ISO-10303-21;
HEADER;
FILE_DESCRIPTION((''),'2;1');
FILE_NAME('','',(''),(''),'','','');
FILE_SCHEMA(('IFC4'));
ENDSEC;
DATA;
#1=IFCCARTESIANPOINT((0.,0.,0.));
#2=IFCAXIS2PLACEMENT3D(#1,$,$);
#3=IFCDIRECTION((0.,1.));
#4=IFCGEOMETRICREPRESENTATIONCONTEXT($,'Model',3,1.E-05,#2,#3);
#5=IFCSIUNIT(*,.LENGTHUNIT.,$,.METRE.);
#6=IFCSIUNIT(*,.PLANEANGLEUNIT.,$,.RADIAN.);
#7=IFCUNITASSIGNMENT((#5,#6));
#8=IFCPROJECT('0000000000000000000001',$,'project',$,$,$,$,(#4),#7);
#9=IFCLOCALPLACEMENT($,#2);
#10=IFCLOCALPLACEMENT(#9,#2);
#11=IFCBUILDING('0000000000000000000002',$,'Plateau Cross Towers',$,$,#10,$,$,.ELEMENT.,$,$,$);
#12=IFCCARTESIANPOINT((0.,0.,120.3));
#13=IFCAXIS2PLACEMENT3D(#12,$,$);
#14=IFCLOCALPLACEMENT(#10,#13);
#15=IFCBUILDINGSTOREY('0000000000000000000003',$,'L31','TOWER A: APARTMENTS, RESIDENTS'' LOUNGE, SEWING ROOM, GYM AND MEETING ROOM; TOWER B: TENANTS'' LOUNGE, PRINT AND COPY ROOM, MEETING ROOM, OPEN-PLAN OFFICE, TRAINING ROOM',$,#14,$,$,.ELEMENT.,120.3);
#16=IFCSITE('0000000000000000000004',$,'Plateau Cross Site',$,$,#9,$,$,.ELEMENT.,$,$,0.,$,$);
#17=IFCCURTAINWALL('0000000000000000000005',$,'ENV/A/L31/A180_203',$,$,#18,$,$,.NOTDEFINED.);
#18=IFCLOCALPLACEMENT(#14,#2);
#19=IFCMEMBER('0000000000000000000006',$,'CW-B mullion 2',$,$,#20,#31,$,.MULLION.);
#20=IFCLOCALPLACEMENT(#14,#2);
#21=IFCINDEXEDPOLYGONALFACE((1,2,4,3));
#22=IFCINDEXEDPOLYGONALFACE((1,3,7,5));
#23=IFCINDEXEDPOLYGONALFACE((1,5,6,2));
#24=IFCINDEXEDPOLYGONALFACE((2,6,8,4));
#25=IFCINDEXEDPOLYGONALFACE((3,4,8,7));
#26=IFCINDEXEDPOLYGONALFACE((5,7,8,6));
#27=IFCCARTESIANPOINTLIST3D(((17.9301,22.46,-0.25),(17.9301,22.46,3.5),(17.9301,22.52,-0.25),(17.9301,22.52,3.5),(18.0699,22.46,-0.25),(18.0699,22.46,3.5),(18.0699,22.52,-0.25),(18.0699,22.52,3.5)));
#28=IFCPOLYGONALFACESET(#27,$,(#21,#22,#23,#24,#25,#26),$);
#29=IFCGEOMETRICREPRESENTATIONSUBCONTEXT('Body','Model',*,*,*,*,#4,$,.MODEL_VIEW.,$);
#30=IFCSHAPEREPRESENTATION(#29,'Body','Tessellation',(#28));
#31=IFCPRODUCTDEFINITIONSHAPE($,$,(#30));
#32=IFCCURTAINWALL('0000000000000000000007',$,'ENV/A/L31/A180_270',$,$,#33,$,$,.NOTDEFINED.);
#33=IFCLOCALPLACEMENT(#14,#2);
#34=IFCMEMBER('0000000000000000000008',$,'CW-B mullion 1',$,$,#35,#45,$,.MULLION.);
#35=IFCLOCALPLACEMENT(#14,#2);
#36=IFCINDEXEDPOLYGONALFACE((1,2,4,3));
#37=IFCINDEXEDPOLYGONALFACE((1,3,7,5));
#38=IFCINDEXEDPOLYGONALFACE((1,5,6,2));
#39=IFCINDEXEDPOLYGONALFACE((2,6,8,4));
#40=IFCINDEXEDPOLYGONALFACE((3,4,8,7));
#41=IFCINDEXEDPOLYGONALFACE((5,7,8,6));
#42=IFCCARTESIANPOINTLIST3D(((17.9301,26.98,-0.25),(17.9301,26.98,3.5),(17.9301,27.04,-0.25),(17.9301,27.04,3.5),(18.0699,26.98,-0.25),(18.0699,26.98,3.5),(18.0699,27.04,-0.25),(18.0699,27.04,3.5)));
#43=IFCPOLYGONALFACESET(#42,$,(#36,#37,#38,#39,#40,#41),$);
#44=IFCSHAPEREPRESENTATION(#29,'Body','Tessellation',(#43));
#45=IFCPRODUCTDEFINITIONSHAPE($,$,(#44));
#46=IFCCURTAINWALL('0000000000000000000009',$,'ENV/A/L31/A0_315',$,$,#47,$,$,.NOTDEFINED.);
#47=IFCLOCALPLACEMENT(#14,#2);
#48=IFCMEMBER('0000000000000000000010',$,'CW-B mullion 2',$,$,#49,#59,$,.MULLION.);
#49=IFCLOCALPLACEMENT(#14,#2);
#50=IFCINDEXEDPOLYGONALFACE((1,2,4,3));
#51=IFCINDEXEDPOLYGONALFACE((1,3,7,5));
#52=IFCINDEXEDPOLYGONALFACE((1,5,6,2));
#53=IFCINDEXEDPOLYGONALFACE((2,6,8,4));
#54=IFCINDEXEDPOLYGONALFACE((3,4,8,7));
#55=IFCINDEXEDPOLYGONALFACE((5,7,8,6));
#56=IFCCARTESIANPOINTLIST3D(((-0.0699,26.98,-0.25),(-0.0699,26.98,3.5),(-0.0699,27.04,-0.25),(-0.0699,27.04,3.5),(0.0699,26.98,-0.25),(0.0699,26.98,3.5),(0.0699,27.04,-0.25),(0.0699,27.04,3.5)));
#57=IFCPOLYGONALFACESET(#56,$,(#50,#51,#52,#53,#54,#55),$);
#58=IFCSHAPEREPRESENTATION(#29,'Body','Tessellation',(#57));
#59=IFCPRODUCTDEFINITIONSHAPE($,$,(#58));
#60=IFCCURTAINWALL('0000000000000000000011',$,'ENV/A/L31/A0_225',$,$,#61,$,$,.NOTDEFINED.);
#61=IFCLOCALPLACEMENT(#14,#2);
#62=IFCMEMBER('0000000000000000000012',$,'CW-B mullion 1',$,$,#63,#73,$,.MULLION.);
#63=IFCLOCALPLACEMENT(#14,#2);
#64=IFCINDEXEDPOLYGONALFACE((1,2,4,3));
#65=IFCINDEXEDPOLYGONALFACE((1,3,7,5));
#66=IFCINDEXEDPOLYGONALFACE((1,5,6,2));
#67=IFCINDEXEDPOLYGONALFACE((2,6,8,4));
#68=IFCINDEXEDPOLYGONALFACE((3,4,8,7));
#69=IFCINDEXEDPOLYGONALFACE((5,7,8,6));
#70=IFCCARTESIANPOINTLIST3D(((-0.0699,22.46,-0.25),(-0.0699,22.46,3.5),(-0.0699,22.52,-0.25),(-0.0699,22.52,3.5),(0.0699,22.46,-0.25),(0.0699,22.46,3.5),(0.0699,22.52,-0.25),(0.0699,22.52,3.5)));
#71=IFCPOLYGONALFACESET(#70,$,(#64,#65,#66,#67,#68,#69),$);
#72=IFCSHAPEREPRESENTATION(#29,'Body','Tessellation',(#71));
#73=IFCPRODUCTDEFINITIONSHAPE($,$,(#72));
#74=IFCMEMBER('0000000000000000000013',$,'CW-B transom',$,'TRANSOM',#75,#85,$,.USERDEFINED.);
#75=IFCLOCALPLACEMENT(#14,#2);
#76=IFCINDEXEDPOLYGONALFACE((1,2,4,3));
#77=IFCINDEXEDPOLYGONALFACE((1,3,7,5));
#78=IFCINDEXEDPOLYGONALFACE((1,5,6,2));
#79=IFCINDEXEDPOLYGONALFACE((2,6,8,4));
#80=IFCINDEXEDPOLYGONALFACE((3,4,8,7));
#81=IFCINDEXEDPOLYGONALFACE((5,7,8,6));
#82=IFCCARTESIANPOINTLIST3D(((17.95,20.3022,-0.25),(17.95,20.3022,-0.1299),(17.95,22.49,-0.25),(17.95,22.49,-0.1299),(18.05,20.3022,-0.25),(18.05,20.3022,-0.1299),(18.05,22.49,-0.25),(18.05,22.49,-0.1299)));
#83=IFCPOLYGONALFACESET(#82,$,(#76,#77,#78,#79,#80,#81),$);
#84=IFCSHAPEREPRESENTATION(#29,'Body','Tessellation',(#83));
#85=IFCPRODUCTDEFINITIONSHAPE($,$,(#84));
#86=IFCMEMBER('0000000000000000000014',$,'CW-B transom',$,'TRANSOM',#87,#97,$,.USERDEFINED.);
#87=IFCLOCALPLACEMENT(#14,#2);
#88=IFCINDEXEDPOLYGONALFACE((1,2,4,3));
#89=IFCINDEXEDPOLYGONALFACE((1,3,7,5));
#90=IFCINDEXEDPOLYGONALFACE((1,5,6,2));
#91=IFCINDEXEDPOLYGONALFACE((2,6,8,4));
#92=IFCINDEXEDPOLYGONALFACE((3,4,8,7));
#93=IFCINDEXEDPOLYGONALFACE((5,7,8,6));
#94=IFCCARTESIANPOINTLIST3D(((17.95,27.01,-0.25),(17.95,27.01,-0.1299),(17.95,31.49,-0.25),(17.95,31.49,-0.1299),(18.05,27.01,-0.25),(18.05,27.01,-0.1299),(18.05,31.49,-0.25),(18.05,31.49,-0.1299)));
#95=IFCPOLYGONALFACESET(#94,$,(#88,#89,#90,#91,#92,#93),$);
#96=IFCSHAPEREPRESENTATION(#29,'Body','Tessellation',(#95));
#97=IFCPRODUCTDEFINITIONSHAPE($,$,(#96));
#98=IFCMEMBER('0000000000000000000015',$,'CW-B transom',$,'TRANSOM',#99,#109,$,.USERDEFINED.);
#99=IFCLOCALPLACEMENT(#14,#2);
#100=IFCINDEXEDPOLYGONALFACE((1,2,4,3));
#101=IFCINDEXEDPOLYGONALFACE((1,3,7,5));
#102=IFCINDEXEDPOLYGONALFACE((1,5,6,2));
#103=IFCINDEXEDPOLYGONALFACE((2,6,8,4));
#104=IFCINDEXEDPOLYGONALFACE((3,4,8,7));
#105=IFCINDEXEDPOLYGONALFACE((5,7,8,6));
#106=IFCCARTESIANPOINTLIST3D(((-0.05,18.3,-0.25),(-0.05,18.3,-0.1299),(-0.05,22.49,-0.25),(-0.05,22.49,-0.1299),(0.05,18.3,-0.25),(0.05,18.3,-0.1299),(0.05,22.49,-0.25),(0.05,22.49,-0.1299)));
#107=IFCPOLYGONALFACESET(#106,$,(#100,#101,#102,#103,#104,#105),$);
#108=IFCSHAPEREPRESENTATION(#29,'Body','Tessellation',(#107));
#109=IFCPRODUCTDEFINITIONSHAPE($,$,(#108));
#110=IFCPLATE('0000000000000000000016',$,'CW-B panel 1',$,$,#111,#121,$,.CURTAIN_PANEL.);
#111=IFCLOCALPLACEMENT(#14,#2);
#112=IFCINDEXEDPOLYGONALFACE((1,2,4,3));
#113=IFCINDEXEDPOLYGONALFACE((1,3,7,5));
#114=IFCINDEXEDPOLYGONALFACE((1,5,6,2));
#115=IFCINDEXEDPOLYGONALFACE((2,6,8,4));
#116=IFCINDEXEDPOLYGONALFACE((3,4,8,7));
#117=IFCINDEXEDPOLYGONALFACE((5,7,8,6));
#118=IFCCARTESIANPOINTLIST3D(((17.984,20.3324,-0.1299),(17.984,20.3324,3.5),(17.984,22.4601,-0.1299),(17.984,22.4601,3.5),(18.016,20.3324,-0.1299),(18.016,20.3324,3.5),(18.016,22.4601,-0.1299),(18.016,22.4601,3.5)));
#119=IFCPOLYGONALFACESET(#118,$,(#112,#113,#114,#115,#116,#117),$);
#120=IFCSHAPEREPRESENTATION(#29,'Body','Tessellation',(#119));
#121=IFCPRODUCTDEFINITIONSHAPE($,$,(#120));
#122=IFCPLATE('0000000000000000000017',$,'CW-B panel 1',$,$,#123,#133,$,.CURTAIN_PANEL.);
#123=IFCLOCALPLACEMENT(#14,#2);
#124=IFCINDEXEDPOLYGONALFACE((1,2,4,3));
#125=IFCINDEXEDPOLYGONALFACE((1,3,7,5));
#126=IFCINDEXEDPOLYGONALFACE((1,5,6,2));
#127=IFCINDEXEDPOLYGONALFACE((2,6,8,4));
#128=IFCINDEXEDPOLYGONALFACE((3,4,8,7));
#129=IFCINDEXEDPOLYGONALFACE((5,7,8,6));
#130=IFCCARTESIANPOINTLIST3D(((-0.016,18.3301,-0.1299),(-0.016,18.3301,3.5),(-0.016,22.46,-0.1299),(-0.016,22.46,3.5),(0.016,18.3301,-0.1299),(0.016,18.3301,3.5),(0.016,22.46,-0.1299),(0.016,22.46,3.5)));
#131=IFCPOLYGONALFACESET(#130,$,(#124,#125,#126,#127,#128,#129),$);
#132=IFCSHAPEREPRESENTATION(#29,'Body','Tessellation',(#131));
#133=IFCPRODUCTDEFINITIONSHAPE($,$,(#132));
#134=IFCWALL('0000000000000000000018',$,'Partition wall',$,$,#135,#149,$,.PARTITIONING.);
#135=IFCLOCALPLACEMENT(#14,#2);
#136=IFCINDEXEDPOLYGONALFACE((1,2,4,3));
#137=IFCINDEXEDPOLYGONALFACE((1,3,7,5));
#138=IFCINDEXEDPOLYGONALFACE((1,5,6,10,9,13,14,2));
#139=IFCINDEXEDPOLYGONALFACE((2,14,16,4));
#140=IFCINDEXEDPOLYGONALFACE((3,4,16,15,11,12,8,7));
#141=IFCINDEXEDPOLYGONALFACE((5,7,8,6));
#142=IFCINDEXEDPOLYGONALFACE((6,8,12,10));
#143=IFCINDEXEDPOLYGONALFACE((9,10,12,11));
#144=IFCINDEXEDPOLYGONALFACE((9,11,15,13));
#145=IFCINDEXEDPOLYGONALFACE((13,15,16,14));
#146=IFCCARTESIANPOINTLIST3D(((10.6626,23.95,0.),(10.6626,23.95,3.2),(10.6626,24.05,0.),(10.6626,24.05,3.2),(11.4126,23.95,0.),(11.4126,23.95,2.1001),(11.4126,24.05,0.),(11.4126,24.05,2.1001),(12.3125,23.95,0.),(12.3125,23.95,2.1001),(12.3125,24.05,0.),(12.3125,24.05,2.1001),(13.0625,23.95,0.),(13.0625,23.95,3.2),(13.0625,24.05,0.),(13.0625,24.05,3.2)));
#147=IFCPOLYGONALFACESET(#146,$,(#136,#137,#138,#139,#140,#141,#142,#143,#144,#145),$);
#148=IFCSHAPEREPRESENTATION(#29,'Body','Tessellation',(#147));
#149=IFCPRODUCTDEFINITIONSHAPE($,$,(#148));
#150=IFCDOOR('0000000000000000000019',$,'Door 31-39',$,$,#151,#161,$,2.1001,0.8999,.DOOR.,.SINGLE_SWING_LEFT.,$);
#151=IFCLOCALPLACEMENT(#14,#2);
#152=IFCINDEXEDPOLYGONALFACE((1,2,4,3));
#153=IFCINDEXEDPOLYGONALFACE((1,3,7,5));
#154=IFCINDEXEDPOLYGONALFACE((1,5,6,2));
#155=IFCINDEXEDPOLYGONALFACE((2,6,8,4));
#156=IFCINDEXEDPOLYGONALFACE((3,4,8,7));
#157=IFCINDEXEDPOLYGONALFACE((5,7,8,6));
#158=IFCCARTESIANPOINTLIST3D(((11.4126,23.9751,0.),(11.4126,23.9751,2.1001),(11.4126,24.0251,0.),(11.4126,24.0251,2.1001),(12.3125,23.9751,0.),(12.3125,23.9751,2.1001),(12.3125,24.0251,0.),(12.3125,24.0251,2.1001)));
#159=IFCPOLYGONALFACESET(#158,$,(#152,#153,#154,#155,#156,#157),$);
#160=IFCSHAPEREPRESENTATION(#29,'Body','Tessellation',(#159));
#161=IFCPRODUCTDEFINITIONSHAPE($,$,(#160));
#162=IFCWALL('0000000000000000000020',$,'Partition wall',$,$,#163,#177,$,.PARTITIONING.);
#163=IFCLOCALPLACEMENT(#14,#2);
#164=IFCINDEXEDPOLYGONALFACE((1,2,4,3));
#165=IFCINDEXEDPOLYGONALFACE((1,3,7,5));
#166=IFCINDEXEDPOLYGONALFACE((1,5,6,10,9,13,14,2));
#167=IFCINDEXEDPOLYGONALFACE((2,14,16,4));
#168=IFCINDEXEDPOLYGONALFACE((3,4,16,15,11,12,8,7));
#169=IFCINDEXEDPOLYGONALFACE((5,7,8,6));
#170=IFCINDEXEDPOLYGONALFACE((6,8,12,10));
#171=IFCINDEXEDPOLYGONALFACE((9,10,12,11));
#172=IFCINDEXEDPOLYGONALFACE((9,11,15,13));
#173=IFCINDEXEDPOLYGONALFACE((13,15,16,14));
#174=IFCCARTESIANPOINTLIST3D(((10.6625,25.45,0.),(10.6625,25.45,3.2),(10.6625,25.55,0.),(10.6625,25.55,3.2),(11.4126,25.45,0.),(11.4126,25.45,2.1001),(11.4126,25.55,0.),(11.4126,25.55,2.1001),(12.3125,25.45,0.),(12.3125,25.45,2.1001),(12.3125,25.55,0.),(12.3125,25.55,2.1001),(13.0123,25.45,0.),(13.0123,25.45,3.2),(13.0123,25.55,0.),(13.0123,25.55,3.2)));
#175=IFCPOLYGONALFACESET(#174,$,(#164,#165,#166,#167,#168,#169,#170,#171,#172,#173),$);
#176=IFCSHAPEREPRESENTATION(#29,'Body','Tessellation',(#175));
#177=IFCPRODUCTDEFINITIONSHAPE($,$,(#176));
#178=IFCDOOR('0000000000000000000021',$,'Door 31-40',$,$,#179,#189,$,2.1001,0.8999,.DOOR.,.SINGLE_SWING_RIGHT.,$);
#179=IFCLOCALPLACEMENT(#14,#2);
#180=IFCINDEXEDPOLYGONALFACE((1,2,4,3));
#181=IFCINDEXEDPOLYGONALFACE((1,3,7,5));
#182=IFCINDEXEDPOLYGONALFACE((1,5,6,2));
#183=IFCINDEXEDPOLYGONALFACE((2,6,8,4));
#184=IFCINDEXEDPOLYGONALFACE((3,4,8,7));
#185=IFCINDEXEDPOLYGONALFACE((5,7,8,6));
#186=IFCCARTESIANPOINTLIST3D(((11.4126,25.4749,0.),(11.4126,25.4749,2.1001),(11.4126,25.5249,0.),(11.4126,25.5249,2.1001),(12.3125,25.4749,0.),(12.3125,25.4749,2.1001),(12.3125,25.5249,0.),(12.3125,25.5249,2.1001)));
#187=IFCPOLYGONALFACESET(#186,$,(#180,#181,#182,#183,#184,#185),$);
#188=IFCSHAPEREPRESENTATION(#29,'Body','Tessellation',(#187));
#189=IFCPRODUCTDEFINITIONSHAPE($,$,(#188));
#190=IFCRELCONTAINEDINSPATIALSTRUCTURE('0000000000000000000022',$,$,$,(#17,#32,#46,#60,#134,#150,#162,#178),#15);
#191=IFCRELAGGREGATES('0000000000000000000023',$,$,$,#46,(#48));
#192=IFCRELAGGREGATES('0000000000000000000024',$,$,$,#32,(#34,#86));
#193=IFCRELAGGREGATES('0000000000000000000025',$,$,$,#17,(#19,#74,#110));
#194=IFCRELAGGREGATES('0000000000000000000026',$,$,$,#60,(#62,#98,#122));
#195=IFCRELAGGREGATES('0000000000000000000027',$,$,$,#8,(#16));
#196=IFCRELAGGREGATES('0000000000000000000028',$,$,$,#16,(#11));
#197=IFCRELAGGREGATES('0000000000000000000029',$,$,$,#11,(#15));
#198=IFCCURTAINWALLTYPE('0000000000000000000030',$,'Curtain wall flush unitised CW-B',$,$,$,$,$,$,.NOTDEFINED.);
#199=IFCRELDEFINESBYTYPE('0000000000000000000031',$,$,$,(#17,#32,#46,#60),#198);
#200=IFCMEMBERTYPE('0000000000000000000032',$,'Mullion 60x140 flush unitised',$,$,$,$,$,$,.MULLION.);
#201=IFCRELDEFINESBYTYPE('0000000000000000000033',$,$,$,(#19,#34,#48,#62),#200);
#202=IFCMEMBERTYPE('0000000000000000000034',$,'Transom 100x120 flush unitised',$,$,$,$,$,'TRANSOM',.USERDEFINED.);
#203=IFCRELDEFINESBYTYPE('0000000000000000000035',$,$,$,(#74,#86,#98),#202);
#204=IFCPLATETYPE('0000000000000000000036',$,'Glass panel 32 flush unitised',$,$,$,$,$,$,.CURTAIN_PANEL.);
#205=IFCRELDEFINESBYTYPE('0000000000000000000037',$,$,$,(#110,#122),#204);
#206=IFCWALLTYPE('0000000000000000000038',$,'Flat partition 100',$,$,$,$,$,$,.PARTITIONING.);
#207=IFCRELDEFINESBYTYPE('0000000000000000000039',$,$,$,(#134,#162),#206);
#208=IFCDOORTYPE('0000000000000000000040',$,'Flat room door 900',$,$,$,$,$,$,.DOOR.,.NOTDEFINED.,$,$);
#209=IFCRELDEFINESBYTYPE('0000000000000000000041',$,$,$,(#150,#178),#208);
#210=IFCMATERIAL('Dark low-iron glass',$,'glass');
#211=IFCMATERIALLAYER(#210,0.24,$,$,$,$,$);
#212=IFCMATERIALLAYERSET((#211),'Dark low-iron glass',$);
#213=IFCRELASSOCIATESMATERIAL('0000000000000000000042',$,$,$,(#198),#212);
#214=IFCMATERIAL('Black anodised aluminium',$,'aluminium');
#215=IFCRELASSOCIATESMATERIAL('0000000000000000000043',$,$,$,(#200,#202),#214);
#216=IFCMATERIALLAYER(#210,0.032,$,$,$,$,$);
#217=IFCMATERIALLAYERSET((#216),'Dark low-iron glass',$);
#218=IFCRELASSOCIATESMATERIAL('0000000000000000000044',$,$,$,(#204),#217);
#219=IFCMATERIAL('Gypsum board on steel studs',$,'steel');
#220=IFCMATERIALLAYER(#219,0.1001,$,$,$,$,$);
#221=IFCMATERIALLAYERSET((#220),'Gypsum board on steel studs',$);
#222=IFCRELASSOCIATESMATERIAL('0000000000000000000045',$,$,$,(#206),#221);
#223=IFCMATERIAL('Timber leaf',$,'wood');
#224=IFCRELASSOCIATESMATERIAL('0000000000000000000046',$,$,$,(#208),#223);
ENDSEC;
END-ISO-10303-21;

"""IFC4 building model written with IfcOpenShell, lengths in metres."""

from ifc_helpers import new_model, si_unit, direction, frame, frame_2d, origin, origin_2d, place, context, subcontext, project, spatial, rectangle, extrude, material, layer, layer_set, material_profile, profile_set, type_object, element, fill, aggregate, save


model = new_model("IFC4")

# Units and contexts
model_context = context("Model", 3, precision=1e-05, world=origin(), true_north=direction((0.0, 1.0)))
body_context = subcontext(model_context, "Body", "Model", "MODEL_VIEW")
ifc_project = project(units=[si_unit("LENGTHUNIT", "METRE"), si_unit("PLANEANGLEUNIT", "RADIAN")], contexts=[model_context])

# Site, building, storey
site_placement = place(None, origin())
site = spatial("IfcSite", under=ifc_project, at=site_placement, Name="Plateau Cross Site", CompositionType="ELEMENT", RefElevation=0.0)
building_placement = place(site_placement, origin())
building = spatial("IfcBuilding", under=site, at=building_placement, Name="Plateau Cross Towers", CompositionType="ELEMENT")
storey_placement = place(building_placement, frame((0.0, 0.0, 120.3)))
storey = spatial("IfcBuildingStorey", under=building, at=storey_placement, Name="L31", Description="TOWER A: APARTMENTS, RESIDENTS' LOUNGE, SEWING ROOM, GYM AND MEETING ROOM; TOWER B: TENANTS' LOUNGE, PRINT AND COPY ROOM, MEETING ROOM, OPEN-PLAN OFFICE, TRAINING ROOM", CompositionType="ELEMENT", Elevation=120.3)

# Curtain walls, members
ifc_material_1 = material(Name="Dark low-iron glass", Category="glass")
ifc_layer_1 = layer(ifc_material_1, 0.24)
ifc_layer_set_1 = layer_set([ifc_layer_1], Name="Dark low-iron glass")
curtain_wall_type = type_object("IfcCurtainWallType", Name="Curtain wall flush unitised CW-B", PredefinedType="NOTDEFINED", material=ifc_layer_set_1)
curtain_wall_1_placement = place(storey_placement, origin())
curtain_wall_1 = element("IfcCurtainWall", 1, at=curtain_wall_1_placement, inside=storey, type_object=curtain_wall_type, Name="ENV/A/L31/A180_203", PredefinedType="NOTDEFINED")
ifc_material_2 = material(Name="Black anodised aluminium", Category="aluminium")
ifc_material_profile_1 = material_profile(ifc_material_2, rectangle(XDim=0.0601, YDim=0.1399, at=origin_2d()), Name="MULLION 60x140")
ifc_profile_set_1 = profile_set([ifc_material_profile_1], Name="Black anodised aluminium")
member_type_1 = type_object("IfcMemberType", Name="Mullion 60x140 flush unitised", PredefinedType="MULLION", material=ifc_profile_set_1)
member_1_placement = place(storey_placement, frame((18.0, 22.49, -0.25), z_axis=(0.0, 0.0, 1.0), x_axis=(0.0, 1.0, 0.0)))
member_1 = element("IfcMember", 2, at=member_1_placement, type_object=member_type_1, Name="CW-B mullion 2", PredefinedType="MULLION", context=body_context, shape_type="SweptSolid", body=[
    extrude(rectangle(XDim=0.0601, YDim=0.1399, at=origin_2d()), origin(), (0.0, 0.0, 1.0), 3.75),
])
curtain_wall_2_placement = place(storey_placement, origin())
curtain_wall_2 = element("IfcCurtainWall", 3, at=curtain_wall_2_placement, inside=storey, type_object=curtain_wall_type, Name="ENV/A/L31/A180_270", PredefinedType="NOTDEFINED")
member_2_placement = place(storey_placement, frame((18.0, 27.01, -0.25), z_axis=(0.0, 0.0, 1.0), x_axis=(0.0, 1.0, 0.0)))
member_2 = element("IfcMember", 4, at=member_2_placement, type_object=member_type_1, Name="CW-B mullion 1", PredefinedType="MULLION", context=body_context, shape_type="SweptSolid", body=[
    extrude(rectangle(XDim=0.0601, YDim=0.1399, at=origin_2d()), origin(), (0.0, 0.0, 1.0), 3.75),
])
curtain_wall_3_placement = place(storey_placement, origin())
curtain_wall_3 = element("IfcCurtainWall", 5, at=curtain_wall_3_placement, inside=storey, type_object=curtain_wall_type, Name="ENV/A/L31/A0_315", PredefinedType="NOTDEFINED")
member_3_placement = place(storey_placement, frame((0.0, 27.01, -0.25), z_axis=(0.0, 0.0, 1.0), x_axis=(0.0, -1.0, 0.0)))
member_3 = element("IfcMember", 6, at=member_3_placement, type_object=member_type_1, Name="CW-B mullion 2", PredefinedType="MULLION", context=body_context, shape_type="SweptSolid", body=[
    extrude(rectangle(XDim=0.0601, YDim=0.1399, at=origin_2d()), origin(), (0.0, 0.0, 1.0), 3.75),
])
aggregate(curtain_wall_3, [member_3])
curtain_wall_4_placement = place(storey_placement, origin())
curtain_wall_4 = element("IfcCurtainWall", 7, at=curtain_wall_4_placement, inside=storey, type_object=curtain_wall_type, Name="ENV/A/L31/A0_225", PredefinedType="NOTDEFINED")
member_4_placement = place(storey_placement, frame((0.0, 22.49, -0.25), z_axis=(0.0, 0.0, 1.0), x_axis=(0.0, -1.0, 0.0)))
member_4 = element("IfcMember", 8, at=member_4_placement, type_object=member_type_1, Name="CW-B mullion 1", PredefinedType="MULLION", context=body_context, shape_type="SweptSolid", body=[
    extrude(rectangle(XDim=0.0601, YDim=0.1399, at=origin_2d()), origin(), (0.0, 0.0, 1.0), 3.75),
])

# Members
ifc_material_profile_2 = material_profile(ifc_material_2, rectangle(XDim=0.1001, YDim=0.1201, at=origin_2d()), Name="TRANSOM 100x120")
ifc_profile_set_2 = profile_set([ifc_material_profile_2], Name="Black anodised aluminium")
member_type_2 = type_object("IfcMemberType", Name="Transom 100x120 flush unitised", ElementType="TRANSOM", PredefinedType="USERDEFINED", material=ifc_profile_set_2)
member_5_placement = place(storey_placement, frame((18.0, 20.3022, -0.1899), z_axis=(0.0, 1.0, 0.0), x_axis=(-1.0, 0.0, 0.0)))
member_5 = element("IfcMember", 9, at=member_5_placement, type_object=member_type_2, Name="CW-B transom", ObjectType="TRANSOM", PredefinedType="USERDEFINED", context=body_context, shape_type="SweptSolid", body=[
    extrude(rectangle(XDim=0.1001, YDim=0.1201, at=origin_2d()), origin(), (0.0, 0.0, 1.0), 2.1877),
])
member_6_placement = place(storey_placement, frame((18.0, 27.01, -0.1899), z_axis=(0.0, 1.0, 0.0), x_axis=(-1.0, 0.0, 0.0)))
member_6 = element("IfcMember", 10, at=member_6_placement, type_object=member_type_2, Name="CW-B transom", ObjectType="TRANSOM", PredefinedType="USERDEFINED", context=body_context, shape_type="SweptSolid", body=[
    extrude(rectangle(XDim=0.1001, YDim=0.1201, at=origin_2d()), origin(), (0.0, 0.0, 1.0), 4.48),
])
aggregate(curtain_wall_2, [member_2, member_6])
member_7_placement = place(storey_placement, frame((0.0, 22.49, -0.1899), z_axis=(0.0, -1.0, 0.0), x_axis=(1.0, 0.0, 0.0)))
member_7 = element("IfcMember", 11, at=member_7_placement, type_object=member_type_2, Name="CW-B transom", ObjectType="TRANSOM", PredefinedType="USERDEFINED", context=body_context, shape_type="SweptSolid", body=[
    extrude(rectangle(XDim=0.1001, YDim=0.1201, at=origin_2d()), origin(), (0.0, 0.0, 1.0), 4.1899),
])

# Plates
ifc_layer_2 = layer(ifc_material_1, 0.032)
ifc_layer_set_2 = layer_set([ifc_layer_2], Name="Dark low-iron glass")
plate_type = type_object("IfcPlateType", Name="Glass panel 32 flush unitised", PredefinedType="CURTAIN_PANEL", material=ifc_layer_set_2)
plate_1_placement = place(storey_placement, frame((18.0, 21.3962, -0.1299), z_axis=(0.0, 0.0, 1.0), x_axis=(0.0, 1.0, 0.0)))
plate_1 = element("IfcPlate", 12, at=plate_1_placement, type_object=plate_type, Name="CW-B panel 1", PredefinedType="CURTAIN_PANEL", context=body_context, shape_type="SweptSolid", body=[
    extrude(rectangle(XDim=2.1277, YDim=0.032, at=origin_2d()), origin(), (0.0, 0.0, 1.0), 3.6299),
])
aggregate(curtain_wall_1, [member_1, member_5, plate_1])
plate_2_placement = place(storey_placement, frame((0.0, 20.395, -0.1299), z_axis=(0.0, 0.0, 1.0), x_axis=(0.0, -1.0, 0.0)))
plate_2 = element("IfcPlate", 13, at=plate_2_placement, type_object=plate_type, Name="CW-B panel 1", PredefinedType="CURTAIN_PANEL", context=body_context, shape_type="SweptSolid", body=[
    extrude(rectangle(XDim=4.1299, YDim=0.032, at=origin_2d()), origin(), (0.0, 0.0, 1.0), 3.6299),
])
aggregate(curtain_wall_4, [member_4, member_7, plate_2])

# Walls, openings, doors
ifc_material_3 = material(Name="Gypsum board on steel studs", Category="steel")
ifc_layer_3 = layer(ifc_material_3, 0.1001)
ifc_layer_set_3 = layer_set([ifc_layer_3], Name="Gypsum board on steel studs")
wall_type_1 = type_object("IfcWallType", Name="Flat partition 100", PredefinedType="PARTITIONING", material=ifc_layer_set_3)
wall_1_placement = place(storey_placement, frame((13.0625, 24.0, 0.0), z_axis=(0.0, 0.0, 1.0), x_axis=(-1.0, 0.0, 0.0)))
wall_1 = element("IfcWall", 14, at=wall_1_placement, inside=storey, type_object=wall_type_1, Name="Partition wall", PredefinedType="PARTITIONING", context=body_context, shape_type="SweptSolid", body=[
    extrude(rectangle(XDim=2.3999, YDim=0.1001, at=frame_2d((1.2, 0.0))), origin(), (0.0, 0.0, 1.0), 3.2),
])
opening_1_placement = place(wall_1_placement, frame((0.75, 0.0, 0.0)))
opening_1 = element("IfcOpeningElement", 15, at=opening_1_placement, cuts=wall_1, PredefinedType="OPENING", context=body_context, shape_type="SweptSolid", body=[
    extrude(rectangle(XDim=0.8999, YDim=2.1001, at=frame_2d((0.45, 1.05))), frame((0.0, 0.0601, 0.0), z_axis=(0.0, -1.0, 0.0), x_axis=(1.0, 0.0, 0.0)), (0.0, 0.0, 1.0), 0.1201),
])
ifc_material_4 = material(Name="Timber leaf", Category="wood")
door_type_1 = type_object("IfcDoorType", Name="Flat room door 900", OperationType="NOTDEFINED", PredefinedType="DOOR", material=ifc_material_4)
door_1_placement = place(opening_1_placement, origin())
door_1 = element("IfcDoor", 16, at=door_1_placement, inside=storey, type_object=door_type_1, Name="Door 31-39", OperationType="SINGLE_SWING_LEFT", OverallHeight=2.1001, OverallWidth=0.8999, PredefinedType="DOOR", context=body_context, shape_type="SweptSolid", body=[
    extrude(rectangle(XDim=0.8999, YDim=2.1001, at=frame_2d((0.45, 1.05))), frame((0.0, 0.0249, 0.0), z_axis=(0.0, -1.0, 0.0), x_axis=(1.0, 0.0, 0.0)), (0.0, 0.0, 1.0), 0.05),
])
fill(opening_1, door_1)
wall_2_placement = place(storey_placement, frame((10.6626, 25.5, 0.0), z_axis=(0.0, 0.0, 1.0), x_axis=(1.0, 0.0, 0.0)))
wall_2 = element("IfcWall", 17, at=wall_2_placement, inside=storey, type_object=wall_type_1, Name="Partition wall", PredefinedType="PARTITIONING", context=body_context, shape_type="SweptSolid", body=[
    extrude(rectangle(XDim=2.3499, YDim=0.1001, at=frame_2d((1.1748, 0.0))), origin(), (0.0, 0.0, 1.0), 3.2),
])
opening_2_placement = place(wall_2_placement, frame((0.75, 0.0, 0.0)))
opening_2 = element("IfcOpeningElement", 18, at=opening_2_placement, cuts=wall_2, PredefinedType="OPENING", context=body_context, shape_type="SweptSolid", body=[
    extrude(rectangle(XDim=0.8999, YDim=2.1001, at=frame_2d((0.45, 1.05))), frame((0.0, 0.0601, 0.0), z_axis=(0.0, -1.0, 0.0), x_axis=(1.0, 0.0, 0.0)), (0.0, 0.0, 1.0), 0.1201),
])
door_2_placement = place(opening_2_placement, origin())
door_2 = element("IfcDoor", 19, at=door_2_placement, inside=storey, type_object=door_type_1, Name="Door 31-40", OperationType="SINGLE_SWING_RIGHT", OverallHeight=2.1001, OverallWidth=0.8999, PredefinedType="DOOR", context=body_context, shape_type="SweptSolid", body=[
    extrude(rectangle(XDim=0.8999, YDim=2.1001, at=frame_2d((0.45, 1.05))), frame((0.0, 0.0249, 0.0), z_axis=(0.0, -1.0, 0.0), x_axis=(1.0, 0.0, 0.0)), (0.0, 0.0, 1.0), 0.05),
])
fill(opening_2, door_2)

save(model, "model.ifc")
